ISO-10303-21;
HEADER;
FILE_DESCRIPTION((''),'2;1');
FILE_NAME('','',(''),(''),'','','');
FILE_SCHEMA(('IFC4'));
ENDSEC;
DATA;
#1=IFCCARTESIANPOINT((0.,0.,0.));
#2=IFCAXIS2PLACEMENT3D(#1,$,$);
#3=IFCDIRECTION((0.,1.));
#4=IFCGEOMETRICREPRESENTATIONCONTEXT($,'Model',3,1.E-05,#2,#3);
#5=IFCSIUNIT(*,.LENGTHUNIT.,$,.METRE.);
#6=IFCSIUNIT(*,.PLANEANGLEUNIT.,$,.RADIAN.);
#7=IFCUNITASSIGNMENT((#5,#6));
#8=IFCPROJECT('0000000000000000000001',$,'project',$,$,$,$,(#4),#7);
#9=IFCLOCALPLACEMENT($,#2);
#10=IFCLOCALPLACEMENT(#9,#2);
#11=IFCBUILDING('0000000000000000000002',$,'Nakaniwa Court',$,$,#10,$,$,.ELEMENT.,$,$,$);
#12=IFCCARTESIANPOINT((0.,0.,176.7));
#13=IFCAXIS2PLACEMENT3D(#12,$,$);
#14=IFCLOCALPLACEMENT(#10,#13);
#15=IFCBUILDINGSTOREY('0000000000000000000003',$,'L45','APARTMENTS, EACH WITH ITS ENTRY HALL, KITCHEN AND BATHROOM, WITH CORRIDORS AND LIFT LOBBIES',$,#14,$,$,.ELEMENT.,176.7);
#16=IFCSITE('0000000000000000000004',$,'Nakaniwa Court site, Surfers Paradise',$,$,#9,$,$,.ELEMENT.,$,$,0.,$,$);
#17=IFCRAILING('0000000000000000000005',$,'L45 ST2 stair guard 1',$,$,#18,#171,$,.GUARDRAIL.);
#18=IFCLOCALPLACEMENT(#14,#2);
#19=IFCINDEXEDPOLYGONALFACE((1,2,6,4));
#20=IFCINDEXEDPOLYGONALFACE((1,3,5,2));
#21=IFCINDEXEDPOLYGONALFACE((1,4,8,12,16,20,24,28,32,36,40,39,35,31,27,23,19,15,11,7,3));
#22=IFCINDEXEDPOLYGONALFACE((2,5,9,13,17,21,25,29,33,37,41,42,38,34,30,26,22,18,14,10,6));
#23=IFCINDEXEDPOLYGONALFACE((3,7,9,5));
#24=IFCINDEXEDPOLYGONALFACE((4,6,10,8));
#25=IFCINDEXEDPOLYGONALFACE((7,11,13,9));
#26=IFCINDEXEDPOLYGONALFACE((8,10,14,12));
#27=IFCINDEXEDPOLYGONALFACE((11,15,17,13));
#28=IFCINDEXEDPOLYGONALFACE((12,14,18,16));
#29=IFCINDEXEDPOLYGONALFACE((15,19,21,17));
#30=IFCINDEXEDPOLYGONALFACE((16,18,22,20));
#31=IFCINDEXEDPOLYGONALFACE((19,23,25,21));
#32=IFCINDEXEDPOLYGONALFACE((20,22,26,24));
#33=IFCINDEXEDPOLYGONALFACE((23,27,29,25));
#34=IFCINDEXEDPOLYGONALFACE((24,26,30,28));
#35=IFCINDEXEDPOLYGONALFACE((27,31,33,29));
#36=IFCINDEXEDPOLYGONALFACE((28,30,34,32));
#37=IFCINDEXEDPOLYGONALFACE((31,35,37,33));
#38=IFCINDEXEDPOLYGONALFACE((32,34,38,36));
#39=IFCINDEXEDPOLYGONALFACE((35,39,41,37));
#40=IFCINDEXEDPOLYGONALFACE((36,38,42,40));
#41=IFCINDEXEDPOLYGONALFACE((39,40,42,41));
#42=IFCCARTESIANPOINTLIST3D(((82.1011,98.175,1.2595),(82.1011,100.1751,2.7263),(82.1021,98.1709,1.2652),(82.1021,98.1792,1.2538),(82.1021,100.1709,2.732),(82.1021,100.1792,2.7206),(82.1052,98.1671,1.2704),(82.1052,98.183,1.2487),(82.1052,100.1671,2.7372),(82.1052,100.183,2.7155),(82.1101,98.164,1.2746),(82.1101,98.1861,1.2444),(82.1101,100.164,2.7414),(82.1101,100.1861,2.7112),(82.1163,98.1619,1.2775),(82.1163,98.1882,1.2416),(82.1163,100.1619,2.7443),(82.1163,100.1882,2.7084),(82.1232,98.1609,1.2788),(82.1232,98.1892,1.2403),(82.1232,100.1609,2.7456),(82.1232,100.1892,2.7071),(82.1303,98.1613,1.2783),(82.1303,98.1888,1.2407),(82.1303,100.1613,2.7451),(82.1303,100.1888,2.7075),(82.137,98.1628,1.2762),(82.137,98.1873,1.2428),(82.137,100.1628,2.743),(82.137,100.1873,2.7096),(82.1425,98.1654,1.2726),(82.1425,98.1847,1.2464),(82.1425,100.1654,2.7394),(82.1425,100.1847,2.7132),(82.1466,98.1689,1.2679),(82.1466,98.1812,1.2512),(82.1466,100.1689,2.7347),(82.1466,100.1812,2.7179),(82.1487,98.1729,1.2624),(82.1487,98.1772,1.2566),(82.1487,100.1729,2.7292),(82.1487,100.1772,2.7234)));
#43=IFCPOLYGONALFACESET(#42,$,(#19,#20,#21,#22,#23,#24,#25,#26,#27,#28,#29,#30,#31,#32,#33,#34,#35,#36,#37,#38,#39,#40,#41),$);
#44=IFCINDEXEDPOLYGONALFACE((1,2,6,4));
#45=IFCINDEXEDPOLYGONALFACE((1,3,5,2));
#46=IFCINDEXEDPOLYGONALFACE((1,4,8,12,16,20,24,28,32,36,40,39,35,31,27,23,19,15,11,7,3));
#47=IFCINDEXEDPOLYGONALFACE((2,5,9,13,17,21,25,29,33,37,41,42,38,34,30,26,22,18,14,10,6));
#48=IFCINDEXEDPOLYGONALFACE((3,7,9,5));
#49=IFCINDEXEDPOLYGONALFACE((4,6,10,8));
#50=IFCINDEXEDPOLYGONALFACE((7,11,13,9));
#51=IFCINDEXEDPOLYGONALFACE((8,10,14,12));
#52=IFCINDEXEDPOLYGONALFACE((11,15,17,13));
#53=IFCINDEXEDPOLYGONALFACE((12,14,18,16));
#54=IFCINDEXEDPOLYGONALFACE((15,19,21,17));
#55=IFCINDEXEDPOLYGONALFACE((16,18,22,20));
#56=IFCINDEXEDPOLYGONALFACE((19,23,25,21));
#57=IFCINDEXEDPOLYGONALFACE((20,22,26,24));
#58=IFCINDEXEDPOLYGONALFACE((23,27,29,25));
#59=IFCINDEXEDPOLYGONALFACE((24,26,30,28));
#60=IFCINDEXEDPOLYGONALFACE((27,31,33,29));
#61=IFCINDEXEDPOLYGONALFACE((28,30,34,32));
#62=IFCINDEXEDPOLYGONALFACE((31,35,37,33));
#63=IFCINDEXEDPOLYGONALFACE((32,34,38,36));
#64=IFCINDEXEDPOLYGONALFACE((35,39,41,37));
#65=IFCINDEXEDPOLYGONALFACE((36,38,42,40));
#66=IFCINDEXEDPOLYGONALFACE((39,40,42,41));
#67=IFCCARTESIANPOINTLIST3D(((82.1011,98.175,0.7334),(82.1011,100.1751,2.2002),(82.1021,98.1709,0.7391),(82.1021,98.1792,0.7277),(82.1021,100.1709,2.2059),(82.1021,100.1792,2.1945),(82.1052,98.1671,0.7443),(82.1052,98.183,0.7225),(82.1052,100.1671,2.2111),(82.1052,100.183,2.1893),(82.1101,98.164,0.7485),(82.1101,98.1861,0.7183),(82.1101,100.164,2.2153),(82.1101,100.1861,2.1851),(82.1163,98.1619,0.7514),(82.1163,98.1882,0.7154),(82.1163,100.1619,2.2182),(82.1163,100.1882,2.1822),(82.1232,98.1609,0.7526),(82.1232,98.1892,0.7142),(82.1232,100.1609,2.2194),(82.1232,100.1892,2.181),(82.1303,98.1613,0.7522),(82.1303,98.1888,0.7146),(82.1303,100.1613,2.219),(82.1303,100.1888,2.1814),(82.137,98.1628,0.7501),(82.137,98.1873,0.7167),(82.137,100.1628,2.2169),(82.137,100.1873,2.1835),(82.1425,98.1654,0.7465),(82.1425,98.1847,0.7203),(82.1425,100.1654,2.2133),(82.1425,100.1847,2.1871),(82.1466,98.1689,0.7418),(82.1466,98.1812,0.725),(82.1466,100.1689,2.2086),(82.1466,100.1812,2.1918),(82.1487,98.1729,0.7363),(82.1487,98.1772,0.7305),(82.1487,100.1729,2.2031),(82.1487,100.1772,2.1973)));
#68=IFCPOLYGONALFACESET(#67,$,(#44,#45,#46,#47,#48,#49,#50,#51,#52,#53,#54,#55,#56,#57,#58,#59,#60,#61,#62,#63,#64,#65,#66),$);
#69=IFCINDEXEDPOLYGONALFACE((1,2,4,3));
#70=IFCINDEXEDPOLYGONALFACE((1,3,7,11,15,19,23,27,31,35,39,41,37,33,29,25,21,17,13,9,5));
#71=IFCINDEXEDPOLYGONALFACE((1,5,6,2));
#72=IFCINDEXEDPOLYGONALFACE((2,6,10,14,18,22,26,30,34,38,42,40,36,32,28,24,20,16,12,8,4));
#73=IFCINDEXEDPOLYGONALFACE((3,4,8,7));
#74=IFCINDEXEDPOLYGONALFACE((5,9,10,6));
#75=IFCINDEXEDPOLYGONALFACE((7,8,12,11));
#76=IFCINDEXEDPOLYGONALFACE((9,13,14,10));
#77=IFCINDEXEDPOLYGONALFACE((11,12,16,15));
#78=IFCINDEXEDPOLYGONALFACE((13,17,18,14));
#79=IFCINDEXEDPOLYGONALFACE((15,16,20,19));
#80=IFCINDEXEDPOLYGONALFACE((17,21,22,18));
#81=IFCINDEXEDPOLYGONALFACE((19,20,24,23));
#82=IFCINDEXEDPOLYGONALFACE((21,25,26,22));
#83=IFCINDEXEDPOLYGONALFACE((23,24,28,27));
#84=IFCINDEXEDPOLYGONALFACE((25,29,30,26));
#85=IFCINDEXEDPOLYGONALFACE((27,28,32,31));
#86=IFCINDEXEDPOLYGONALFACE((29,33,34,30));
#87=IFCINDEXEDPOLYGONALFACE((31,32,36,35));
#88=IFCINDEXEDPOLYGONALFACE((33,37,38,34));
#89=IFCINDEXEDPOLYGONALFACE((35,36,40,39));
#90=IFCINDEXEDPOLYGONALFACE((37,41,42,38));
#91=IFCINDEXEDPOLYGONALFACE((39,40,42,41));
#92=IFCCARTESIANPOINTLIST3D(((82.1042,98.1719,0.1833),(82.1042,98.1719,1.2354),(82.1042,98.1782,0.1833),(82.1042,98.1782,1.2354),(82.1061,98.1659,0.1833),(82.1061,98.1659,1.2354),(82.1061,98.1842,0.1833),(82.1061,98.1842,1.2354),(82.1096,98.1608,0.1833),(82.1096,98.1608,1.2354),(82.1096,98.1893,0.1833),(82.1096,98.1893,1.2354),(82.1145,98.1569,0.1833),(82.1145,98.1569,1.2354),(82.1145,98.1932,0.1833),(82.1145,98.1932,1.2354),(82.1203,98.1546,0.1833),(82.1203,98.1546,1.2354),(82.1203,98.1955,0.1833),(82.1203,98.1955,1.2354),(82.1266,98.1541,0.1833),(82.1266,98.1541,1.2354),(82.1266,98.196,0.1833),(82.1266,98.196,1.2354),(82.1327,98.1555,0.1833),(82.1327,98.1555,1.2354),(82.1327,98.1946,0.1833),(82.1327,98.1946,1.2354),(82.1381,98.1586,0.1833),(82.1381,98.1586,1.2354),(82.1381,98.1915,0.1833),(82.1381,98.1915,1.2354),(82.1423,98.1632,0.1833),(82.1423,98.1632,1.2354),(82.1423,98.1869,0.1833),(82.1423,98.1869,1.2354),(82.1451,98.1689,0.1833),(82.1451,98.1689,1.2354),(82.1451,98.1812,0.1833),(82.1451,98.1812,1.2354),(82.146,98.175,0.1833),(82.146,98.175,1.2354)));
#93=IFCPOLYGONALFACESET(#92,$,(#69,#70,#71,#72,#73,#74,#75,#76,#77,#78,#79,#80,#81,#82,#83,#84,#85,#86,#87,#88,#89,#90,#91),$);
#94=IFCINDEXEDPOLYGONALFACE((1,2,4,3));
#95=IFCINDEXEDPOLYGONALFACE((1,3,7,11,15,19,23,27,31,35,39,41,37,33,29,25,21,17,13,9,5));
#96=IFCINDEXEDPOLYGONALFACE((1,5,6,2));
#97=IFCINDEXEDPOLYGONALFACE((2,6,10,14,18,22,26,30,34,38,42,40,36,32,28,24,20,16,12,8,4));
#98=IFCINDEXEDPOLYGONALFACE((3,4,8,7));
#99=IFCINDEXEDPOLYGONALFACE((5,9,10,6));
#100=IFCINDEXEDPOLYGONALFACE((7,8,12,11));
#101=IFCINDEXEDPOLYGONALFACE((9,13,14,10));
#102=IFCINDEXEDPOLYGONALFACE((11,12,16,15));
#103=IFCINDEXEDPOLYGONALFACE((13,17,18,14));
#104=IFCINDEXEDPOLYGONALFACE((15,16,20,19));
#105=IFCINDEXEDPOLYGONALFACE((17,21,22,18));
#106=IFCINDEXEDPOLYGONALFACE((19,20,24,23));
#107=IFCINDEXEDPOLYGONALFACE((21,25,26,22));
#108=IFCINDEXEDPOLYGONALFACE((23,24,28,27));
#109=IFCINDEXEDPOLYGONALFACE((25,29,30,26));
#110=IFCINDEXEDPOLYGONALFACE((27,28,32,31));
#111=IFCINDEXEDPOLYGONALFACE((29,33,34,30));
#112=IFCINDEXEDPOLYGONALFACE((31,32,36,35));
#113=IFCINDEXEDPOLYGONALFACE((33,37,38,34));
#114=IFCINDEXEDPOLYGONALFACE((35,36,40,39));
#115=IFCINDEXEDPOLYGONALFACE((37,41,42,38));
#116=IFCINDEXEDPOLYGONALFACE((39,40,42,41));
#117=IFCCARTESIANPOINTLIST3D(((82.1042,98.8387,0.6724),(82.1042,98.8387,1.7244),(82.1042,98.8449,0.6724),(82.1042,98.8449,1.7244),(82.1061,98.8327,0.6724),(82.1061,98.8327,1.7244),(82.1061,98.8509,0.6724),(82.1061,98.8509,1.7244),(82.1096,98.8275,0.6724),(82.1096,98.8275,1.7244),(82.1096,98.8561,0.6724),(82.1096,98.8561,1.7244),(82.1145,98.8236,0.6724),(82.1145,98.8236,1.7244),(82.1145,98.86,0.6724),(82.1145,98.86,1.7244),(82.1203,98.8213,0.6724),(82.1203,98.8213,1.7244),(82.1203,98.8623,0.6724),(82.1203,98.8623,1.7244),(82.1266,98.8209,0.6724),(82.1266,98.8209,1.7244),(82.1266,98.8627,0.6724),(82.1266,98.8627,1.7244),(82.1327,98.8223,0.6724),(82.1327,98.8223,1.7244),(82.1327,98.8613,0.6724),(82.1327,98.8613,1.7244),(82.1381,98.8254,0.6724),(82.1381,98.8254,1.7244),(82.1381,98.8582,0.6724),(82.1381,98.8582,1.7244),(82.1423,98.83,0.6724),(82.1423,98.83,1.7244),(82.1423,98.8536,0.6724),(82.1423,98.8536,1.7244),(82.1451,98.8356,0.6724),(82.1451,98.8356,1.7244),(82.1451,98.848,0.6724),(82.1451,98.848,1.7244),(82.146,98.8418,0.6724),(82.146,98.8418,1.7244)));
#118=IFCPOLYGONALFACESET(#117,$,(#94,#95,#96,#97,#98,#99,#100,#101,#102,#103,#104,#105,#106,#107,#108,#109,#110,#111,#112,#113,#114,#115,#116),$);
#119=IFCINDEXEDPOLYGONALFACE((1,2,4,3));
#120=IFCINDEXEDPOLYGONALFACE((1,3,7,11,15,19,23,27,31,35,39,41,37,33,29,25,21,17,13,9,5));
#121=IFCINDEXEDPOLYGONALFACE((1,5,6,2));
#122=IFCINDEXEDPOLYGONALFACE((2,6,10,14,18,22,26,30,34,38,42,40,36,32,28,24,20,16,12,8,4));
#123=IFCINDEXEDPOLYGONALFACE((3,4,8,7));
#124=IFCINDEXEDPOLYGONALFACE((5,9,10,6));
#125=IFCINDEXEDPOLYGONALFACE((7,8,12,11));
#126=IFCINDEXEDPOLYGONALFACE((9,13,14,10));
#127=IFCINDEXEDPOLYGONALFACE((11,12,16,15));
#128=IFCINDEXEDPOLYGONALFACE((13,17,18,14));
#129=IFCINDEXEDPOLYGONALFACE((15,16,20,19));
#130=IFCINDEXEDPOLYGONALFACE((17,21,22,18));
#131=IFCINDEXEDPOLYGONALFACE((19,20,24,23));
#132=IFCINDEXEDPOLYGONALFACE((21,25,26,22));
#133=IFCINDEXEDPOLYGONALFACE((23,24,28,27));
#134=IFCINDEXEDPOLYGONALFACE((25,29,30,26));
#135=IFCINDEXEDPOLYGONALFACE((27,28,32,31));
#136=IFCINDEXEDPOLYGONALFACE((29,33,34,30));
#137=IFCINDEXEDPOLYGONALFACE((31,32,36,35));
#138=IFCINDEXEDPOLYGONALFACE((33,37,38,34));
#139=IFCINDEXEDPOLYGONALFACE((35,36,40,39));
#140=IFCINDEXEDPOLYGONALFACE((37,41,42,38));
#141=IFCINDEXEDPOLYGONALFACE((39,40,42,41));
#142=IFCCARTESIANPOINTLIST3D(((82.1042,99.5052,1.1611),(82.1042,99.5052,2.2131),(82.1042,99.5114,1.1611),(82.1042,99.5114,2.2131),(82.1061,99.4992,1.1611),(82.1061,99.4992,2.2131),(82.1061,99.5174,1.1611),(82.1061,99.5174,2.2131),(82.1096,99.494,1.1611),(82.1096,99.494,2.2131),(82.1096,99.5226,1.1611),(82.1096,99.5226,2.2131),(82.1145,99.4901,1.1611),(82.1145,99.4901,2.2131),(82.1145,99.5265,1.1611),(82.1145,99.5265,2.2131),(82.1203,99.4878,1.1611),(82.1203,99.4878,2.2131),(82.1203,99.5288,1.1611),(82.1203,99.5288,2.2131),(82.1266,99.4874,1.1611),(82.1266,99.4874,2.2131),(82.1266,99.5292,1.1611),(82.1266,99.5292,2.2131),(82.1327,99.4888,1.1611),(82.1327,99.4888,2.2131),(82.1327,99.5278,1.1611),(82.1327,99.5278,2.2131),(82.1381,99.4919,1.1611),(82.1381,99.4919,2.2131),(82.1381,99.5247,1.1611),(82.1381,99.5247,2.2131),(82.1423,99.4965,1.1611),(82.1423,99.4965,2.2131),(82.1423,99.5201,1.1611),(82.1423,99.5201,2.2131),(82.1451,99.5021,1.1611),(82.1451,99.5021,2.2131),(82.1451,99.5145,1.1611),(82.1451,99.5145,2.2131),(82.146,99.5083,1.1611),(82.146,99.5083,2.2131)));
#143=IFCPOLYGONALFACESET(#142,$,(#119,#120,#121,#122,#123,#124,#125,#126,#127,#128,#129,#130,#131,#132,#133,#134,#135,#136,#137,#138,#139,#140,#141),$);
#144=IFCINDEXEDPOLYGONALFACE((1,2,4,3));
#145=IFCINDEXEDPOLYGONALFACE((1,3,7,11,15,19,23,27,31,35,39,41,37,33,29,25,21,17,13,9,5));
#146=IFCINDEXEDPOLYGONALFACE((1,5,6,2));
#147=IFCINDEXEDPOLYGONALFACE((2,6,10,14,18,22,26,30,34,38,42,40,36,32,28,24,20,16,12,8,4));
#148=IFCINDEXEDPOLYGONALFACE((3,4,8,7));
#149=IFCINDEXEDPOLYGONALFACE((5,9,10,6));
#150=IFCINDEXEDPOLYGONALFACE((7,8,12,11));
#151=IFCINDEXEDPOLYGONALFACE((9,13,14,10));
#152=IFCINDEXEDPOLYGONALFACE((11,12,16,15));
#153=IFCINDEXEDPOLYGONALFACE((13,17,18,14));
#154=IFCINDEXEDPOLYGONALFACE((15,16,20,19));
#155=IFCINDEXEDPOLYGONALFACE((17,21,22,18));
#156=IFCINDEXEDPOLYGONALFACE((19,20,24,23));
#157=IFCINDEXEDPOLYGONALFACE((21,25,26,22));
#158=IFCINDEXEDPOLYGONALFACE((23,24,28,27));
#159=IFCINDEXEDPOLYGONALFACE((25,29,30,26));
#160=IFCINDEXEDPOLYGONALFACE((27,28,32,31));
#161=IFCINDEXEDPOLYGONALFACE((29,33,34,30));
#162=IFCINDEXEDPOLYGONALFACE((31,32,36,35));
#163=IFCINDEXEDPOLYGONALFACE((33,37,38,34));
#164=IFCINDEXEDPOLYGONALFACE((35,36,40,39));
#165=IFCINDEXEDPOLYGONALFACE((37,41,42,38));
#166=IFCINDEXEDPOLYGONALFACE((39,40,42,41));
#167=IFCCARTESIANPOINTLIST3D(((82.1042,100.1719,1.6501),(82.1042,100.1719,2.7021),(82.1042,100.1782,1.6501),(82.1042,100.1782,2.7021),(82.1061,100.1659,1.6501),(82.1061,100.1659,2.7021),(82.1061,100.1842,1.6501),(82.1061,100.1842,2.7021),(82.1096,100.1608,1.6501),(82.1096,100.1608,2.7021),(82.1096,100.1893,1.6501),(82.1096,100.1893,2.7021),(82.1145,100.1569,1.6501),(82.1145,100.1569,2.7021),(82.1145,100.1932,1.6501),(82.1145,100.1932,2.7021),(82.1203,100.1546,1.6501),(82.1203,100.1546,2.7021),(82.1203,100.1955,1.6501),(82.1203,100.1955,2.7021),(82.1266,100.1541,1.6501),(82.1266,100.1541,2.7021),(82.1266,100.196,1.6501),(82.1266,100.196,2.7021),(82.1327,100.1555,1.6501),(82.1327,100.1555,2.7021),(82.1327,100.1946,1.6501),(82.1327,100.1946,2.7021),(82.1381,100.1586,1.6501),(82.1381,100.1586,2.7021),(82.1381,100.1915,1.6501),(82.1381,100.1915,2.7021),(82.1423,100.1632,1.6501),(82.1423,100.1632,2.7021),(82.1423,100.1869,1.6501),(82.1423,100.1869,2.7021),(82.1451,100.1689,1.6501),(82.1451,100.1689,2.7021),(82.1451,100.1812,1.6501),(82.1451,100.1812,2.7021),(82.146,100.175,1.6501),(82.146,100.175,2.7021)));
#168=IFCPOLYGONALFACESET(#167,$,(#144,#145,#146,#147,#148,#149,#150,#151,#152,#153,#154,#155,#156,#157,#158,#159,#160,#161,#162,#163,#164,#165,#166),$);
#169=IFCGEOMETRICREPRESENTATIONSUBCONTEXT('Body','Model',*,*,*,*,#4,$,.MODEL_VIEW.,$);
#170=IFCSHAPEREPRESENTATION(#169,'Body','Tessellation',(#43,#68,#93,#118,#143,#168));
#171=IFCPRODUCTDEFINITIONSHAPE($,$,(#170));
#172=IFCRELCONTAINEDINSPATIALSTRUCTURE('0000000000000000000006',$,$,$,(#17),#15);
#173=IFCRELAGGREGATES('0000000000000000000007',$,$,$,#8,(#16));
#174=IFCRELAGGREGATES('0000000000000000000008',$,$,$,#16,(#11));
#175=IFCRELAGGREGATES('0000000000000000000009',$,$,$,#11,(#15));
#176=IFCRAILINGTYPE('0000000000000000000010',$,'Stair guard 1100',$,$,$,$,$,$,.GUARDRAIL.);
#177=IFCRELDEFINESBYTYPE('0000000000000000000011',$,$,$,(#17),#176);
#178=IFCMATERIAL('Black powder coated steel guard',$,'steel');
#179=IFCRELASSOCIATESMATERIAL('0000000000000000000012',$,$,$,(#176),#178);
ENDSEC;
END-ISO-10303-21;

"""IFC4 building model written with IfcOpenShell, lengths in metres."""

from ifc_helpers import new_model, si_unit, direction, frame, origin, origin_2d, place, context, subcontext, project, spatial, circle, extrude, material, type_object, element, save


model = new_model("IFC4")

# Units and contexts
model_context = context("Model", 3, precision=1e-05, world=origin(), true_north=direction((0.0, 1.0)))
body_context = subcontext(model_context, "Body", "Model", "MODEL_VIEW")
ifc_project = project(units=[si_unit("LENGTHUNIT", "METRE"), si_unit("PLANEANGLEUNIT", "RADIAN")], contexts=[model_context])

# Site, building, storey
site_placement = place(None, origin())
site = spatial("IfcSite", under=ifc_project, at=site_placement, Name="Nakaniwa Court site, Surfers Paradise", CompositionType="ELEMENT", RefElevation=0.0)
building_placement = place(site_placement, origin())
building = spatial("IfcBuilding", under=site, at=building_placement, Name="Nakaniwa Court", CompositionType="ELEMENT")
storey_placement = place(building_placement, frame((0.0, 0.0, 176.7)))
storey = spatial("IfcBuildingStorey", under=building, at=storey_placement, Name="L45", Description="APARTMENTS, EACH WITH ITS ENTRY HALL, KITCHEN AND BATHROOM, WITH CORRIDORS AND LIFT LOBBIES", CompositionType="ELEMENT", Elevation=176.7)

# Railing
ifc_material_1 = material(Name="Black powder coated steel guard", Category="steel")
railing_type_1 = type_object("IfcRailingType", Name="Stair guard 1100", PredefinedType="GUARDRAIL", material=ifc_material_1)
railing_1_placement = place(storey_placement, frame((82.125, 98.175, 0.1833)))
element("IfcRailing", 1, at=railing_1_placement, inside=storey, type_object=railing_type_1, Name="L45 ST2 stair guard 1", PredefinedType="GUARDRAIL", context=body_context, shape_type="SweptSolid", body=[
    extrude(circle(Radius=0.0239, at=origin_2d()), frame((0.0, 0.0, 1.0762), z_axis=(0.0, 0.80638, 0.591398), x_axis=(-1.0, 0.0, 0.0)), (0.0, 0.0, 1.0), 2.4802),
    extrude(circle(Radius=0.0239, at=origin_2d()), frame((0.0, 0.0, 0.55), z_axis=(0.0, 0.80638, 0.591398), x_axis=(-1.0, 0.0, 0.0)), (0.0, 0.0, 1.0), 2.4802),
    extrude(circle(Radius=0.021, at=origin_2d()), origin(), (0.0, 0.0, 1.0), 1.052),
    extrude(circle(Radius=0.021, at=origin_2d()), frame((0.0, 0.6667, 0.489)), (0.0, 0.0, 1.0), 1.052),
    extrude(circle(Radius=0.021, at=origin_2d()), frame((0.0, 1.3333, 0.9778)), (0.0, 0.0, 1.0), 1.052),
    extrude(circle(Radius=0.021, at=origin_2d()), frame((0.0, 2.0, 1.4668)), (0.0, 0.0, 1.0), 1.052),
])

save(model, "model.ifc")
